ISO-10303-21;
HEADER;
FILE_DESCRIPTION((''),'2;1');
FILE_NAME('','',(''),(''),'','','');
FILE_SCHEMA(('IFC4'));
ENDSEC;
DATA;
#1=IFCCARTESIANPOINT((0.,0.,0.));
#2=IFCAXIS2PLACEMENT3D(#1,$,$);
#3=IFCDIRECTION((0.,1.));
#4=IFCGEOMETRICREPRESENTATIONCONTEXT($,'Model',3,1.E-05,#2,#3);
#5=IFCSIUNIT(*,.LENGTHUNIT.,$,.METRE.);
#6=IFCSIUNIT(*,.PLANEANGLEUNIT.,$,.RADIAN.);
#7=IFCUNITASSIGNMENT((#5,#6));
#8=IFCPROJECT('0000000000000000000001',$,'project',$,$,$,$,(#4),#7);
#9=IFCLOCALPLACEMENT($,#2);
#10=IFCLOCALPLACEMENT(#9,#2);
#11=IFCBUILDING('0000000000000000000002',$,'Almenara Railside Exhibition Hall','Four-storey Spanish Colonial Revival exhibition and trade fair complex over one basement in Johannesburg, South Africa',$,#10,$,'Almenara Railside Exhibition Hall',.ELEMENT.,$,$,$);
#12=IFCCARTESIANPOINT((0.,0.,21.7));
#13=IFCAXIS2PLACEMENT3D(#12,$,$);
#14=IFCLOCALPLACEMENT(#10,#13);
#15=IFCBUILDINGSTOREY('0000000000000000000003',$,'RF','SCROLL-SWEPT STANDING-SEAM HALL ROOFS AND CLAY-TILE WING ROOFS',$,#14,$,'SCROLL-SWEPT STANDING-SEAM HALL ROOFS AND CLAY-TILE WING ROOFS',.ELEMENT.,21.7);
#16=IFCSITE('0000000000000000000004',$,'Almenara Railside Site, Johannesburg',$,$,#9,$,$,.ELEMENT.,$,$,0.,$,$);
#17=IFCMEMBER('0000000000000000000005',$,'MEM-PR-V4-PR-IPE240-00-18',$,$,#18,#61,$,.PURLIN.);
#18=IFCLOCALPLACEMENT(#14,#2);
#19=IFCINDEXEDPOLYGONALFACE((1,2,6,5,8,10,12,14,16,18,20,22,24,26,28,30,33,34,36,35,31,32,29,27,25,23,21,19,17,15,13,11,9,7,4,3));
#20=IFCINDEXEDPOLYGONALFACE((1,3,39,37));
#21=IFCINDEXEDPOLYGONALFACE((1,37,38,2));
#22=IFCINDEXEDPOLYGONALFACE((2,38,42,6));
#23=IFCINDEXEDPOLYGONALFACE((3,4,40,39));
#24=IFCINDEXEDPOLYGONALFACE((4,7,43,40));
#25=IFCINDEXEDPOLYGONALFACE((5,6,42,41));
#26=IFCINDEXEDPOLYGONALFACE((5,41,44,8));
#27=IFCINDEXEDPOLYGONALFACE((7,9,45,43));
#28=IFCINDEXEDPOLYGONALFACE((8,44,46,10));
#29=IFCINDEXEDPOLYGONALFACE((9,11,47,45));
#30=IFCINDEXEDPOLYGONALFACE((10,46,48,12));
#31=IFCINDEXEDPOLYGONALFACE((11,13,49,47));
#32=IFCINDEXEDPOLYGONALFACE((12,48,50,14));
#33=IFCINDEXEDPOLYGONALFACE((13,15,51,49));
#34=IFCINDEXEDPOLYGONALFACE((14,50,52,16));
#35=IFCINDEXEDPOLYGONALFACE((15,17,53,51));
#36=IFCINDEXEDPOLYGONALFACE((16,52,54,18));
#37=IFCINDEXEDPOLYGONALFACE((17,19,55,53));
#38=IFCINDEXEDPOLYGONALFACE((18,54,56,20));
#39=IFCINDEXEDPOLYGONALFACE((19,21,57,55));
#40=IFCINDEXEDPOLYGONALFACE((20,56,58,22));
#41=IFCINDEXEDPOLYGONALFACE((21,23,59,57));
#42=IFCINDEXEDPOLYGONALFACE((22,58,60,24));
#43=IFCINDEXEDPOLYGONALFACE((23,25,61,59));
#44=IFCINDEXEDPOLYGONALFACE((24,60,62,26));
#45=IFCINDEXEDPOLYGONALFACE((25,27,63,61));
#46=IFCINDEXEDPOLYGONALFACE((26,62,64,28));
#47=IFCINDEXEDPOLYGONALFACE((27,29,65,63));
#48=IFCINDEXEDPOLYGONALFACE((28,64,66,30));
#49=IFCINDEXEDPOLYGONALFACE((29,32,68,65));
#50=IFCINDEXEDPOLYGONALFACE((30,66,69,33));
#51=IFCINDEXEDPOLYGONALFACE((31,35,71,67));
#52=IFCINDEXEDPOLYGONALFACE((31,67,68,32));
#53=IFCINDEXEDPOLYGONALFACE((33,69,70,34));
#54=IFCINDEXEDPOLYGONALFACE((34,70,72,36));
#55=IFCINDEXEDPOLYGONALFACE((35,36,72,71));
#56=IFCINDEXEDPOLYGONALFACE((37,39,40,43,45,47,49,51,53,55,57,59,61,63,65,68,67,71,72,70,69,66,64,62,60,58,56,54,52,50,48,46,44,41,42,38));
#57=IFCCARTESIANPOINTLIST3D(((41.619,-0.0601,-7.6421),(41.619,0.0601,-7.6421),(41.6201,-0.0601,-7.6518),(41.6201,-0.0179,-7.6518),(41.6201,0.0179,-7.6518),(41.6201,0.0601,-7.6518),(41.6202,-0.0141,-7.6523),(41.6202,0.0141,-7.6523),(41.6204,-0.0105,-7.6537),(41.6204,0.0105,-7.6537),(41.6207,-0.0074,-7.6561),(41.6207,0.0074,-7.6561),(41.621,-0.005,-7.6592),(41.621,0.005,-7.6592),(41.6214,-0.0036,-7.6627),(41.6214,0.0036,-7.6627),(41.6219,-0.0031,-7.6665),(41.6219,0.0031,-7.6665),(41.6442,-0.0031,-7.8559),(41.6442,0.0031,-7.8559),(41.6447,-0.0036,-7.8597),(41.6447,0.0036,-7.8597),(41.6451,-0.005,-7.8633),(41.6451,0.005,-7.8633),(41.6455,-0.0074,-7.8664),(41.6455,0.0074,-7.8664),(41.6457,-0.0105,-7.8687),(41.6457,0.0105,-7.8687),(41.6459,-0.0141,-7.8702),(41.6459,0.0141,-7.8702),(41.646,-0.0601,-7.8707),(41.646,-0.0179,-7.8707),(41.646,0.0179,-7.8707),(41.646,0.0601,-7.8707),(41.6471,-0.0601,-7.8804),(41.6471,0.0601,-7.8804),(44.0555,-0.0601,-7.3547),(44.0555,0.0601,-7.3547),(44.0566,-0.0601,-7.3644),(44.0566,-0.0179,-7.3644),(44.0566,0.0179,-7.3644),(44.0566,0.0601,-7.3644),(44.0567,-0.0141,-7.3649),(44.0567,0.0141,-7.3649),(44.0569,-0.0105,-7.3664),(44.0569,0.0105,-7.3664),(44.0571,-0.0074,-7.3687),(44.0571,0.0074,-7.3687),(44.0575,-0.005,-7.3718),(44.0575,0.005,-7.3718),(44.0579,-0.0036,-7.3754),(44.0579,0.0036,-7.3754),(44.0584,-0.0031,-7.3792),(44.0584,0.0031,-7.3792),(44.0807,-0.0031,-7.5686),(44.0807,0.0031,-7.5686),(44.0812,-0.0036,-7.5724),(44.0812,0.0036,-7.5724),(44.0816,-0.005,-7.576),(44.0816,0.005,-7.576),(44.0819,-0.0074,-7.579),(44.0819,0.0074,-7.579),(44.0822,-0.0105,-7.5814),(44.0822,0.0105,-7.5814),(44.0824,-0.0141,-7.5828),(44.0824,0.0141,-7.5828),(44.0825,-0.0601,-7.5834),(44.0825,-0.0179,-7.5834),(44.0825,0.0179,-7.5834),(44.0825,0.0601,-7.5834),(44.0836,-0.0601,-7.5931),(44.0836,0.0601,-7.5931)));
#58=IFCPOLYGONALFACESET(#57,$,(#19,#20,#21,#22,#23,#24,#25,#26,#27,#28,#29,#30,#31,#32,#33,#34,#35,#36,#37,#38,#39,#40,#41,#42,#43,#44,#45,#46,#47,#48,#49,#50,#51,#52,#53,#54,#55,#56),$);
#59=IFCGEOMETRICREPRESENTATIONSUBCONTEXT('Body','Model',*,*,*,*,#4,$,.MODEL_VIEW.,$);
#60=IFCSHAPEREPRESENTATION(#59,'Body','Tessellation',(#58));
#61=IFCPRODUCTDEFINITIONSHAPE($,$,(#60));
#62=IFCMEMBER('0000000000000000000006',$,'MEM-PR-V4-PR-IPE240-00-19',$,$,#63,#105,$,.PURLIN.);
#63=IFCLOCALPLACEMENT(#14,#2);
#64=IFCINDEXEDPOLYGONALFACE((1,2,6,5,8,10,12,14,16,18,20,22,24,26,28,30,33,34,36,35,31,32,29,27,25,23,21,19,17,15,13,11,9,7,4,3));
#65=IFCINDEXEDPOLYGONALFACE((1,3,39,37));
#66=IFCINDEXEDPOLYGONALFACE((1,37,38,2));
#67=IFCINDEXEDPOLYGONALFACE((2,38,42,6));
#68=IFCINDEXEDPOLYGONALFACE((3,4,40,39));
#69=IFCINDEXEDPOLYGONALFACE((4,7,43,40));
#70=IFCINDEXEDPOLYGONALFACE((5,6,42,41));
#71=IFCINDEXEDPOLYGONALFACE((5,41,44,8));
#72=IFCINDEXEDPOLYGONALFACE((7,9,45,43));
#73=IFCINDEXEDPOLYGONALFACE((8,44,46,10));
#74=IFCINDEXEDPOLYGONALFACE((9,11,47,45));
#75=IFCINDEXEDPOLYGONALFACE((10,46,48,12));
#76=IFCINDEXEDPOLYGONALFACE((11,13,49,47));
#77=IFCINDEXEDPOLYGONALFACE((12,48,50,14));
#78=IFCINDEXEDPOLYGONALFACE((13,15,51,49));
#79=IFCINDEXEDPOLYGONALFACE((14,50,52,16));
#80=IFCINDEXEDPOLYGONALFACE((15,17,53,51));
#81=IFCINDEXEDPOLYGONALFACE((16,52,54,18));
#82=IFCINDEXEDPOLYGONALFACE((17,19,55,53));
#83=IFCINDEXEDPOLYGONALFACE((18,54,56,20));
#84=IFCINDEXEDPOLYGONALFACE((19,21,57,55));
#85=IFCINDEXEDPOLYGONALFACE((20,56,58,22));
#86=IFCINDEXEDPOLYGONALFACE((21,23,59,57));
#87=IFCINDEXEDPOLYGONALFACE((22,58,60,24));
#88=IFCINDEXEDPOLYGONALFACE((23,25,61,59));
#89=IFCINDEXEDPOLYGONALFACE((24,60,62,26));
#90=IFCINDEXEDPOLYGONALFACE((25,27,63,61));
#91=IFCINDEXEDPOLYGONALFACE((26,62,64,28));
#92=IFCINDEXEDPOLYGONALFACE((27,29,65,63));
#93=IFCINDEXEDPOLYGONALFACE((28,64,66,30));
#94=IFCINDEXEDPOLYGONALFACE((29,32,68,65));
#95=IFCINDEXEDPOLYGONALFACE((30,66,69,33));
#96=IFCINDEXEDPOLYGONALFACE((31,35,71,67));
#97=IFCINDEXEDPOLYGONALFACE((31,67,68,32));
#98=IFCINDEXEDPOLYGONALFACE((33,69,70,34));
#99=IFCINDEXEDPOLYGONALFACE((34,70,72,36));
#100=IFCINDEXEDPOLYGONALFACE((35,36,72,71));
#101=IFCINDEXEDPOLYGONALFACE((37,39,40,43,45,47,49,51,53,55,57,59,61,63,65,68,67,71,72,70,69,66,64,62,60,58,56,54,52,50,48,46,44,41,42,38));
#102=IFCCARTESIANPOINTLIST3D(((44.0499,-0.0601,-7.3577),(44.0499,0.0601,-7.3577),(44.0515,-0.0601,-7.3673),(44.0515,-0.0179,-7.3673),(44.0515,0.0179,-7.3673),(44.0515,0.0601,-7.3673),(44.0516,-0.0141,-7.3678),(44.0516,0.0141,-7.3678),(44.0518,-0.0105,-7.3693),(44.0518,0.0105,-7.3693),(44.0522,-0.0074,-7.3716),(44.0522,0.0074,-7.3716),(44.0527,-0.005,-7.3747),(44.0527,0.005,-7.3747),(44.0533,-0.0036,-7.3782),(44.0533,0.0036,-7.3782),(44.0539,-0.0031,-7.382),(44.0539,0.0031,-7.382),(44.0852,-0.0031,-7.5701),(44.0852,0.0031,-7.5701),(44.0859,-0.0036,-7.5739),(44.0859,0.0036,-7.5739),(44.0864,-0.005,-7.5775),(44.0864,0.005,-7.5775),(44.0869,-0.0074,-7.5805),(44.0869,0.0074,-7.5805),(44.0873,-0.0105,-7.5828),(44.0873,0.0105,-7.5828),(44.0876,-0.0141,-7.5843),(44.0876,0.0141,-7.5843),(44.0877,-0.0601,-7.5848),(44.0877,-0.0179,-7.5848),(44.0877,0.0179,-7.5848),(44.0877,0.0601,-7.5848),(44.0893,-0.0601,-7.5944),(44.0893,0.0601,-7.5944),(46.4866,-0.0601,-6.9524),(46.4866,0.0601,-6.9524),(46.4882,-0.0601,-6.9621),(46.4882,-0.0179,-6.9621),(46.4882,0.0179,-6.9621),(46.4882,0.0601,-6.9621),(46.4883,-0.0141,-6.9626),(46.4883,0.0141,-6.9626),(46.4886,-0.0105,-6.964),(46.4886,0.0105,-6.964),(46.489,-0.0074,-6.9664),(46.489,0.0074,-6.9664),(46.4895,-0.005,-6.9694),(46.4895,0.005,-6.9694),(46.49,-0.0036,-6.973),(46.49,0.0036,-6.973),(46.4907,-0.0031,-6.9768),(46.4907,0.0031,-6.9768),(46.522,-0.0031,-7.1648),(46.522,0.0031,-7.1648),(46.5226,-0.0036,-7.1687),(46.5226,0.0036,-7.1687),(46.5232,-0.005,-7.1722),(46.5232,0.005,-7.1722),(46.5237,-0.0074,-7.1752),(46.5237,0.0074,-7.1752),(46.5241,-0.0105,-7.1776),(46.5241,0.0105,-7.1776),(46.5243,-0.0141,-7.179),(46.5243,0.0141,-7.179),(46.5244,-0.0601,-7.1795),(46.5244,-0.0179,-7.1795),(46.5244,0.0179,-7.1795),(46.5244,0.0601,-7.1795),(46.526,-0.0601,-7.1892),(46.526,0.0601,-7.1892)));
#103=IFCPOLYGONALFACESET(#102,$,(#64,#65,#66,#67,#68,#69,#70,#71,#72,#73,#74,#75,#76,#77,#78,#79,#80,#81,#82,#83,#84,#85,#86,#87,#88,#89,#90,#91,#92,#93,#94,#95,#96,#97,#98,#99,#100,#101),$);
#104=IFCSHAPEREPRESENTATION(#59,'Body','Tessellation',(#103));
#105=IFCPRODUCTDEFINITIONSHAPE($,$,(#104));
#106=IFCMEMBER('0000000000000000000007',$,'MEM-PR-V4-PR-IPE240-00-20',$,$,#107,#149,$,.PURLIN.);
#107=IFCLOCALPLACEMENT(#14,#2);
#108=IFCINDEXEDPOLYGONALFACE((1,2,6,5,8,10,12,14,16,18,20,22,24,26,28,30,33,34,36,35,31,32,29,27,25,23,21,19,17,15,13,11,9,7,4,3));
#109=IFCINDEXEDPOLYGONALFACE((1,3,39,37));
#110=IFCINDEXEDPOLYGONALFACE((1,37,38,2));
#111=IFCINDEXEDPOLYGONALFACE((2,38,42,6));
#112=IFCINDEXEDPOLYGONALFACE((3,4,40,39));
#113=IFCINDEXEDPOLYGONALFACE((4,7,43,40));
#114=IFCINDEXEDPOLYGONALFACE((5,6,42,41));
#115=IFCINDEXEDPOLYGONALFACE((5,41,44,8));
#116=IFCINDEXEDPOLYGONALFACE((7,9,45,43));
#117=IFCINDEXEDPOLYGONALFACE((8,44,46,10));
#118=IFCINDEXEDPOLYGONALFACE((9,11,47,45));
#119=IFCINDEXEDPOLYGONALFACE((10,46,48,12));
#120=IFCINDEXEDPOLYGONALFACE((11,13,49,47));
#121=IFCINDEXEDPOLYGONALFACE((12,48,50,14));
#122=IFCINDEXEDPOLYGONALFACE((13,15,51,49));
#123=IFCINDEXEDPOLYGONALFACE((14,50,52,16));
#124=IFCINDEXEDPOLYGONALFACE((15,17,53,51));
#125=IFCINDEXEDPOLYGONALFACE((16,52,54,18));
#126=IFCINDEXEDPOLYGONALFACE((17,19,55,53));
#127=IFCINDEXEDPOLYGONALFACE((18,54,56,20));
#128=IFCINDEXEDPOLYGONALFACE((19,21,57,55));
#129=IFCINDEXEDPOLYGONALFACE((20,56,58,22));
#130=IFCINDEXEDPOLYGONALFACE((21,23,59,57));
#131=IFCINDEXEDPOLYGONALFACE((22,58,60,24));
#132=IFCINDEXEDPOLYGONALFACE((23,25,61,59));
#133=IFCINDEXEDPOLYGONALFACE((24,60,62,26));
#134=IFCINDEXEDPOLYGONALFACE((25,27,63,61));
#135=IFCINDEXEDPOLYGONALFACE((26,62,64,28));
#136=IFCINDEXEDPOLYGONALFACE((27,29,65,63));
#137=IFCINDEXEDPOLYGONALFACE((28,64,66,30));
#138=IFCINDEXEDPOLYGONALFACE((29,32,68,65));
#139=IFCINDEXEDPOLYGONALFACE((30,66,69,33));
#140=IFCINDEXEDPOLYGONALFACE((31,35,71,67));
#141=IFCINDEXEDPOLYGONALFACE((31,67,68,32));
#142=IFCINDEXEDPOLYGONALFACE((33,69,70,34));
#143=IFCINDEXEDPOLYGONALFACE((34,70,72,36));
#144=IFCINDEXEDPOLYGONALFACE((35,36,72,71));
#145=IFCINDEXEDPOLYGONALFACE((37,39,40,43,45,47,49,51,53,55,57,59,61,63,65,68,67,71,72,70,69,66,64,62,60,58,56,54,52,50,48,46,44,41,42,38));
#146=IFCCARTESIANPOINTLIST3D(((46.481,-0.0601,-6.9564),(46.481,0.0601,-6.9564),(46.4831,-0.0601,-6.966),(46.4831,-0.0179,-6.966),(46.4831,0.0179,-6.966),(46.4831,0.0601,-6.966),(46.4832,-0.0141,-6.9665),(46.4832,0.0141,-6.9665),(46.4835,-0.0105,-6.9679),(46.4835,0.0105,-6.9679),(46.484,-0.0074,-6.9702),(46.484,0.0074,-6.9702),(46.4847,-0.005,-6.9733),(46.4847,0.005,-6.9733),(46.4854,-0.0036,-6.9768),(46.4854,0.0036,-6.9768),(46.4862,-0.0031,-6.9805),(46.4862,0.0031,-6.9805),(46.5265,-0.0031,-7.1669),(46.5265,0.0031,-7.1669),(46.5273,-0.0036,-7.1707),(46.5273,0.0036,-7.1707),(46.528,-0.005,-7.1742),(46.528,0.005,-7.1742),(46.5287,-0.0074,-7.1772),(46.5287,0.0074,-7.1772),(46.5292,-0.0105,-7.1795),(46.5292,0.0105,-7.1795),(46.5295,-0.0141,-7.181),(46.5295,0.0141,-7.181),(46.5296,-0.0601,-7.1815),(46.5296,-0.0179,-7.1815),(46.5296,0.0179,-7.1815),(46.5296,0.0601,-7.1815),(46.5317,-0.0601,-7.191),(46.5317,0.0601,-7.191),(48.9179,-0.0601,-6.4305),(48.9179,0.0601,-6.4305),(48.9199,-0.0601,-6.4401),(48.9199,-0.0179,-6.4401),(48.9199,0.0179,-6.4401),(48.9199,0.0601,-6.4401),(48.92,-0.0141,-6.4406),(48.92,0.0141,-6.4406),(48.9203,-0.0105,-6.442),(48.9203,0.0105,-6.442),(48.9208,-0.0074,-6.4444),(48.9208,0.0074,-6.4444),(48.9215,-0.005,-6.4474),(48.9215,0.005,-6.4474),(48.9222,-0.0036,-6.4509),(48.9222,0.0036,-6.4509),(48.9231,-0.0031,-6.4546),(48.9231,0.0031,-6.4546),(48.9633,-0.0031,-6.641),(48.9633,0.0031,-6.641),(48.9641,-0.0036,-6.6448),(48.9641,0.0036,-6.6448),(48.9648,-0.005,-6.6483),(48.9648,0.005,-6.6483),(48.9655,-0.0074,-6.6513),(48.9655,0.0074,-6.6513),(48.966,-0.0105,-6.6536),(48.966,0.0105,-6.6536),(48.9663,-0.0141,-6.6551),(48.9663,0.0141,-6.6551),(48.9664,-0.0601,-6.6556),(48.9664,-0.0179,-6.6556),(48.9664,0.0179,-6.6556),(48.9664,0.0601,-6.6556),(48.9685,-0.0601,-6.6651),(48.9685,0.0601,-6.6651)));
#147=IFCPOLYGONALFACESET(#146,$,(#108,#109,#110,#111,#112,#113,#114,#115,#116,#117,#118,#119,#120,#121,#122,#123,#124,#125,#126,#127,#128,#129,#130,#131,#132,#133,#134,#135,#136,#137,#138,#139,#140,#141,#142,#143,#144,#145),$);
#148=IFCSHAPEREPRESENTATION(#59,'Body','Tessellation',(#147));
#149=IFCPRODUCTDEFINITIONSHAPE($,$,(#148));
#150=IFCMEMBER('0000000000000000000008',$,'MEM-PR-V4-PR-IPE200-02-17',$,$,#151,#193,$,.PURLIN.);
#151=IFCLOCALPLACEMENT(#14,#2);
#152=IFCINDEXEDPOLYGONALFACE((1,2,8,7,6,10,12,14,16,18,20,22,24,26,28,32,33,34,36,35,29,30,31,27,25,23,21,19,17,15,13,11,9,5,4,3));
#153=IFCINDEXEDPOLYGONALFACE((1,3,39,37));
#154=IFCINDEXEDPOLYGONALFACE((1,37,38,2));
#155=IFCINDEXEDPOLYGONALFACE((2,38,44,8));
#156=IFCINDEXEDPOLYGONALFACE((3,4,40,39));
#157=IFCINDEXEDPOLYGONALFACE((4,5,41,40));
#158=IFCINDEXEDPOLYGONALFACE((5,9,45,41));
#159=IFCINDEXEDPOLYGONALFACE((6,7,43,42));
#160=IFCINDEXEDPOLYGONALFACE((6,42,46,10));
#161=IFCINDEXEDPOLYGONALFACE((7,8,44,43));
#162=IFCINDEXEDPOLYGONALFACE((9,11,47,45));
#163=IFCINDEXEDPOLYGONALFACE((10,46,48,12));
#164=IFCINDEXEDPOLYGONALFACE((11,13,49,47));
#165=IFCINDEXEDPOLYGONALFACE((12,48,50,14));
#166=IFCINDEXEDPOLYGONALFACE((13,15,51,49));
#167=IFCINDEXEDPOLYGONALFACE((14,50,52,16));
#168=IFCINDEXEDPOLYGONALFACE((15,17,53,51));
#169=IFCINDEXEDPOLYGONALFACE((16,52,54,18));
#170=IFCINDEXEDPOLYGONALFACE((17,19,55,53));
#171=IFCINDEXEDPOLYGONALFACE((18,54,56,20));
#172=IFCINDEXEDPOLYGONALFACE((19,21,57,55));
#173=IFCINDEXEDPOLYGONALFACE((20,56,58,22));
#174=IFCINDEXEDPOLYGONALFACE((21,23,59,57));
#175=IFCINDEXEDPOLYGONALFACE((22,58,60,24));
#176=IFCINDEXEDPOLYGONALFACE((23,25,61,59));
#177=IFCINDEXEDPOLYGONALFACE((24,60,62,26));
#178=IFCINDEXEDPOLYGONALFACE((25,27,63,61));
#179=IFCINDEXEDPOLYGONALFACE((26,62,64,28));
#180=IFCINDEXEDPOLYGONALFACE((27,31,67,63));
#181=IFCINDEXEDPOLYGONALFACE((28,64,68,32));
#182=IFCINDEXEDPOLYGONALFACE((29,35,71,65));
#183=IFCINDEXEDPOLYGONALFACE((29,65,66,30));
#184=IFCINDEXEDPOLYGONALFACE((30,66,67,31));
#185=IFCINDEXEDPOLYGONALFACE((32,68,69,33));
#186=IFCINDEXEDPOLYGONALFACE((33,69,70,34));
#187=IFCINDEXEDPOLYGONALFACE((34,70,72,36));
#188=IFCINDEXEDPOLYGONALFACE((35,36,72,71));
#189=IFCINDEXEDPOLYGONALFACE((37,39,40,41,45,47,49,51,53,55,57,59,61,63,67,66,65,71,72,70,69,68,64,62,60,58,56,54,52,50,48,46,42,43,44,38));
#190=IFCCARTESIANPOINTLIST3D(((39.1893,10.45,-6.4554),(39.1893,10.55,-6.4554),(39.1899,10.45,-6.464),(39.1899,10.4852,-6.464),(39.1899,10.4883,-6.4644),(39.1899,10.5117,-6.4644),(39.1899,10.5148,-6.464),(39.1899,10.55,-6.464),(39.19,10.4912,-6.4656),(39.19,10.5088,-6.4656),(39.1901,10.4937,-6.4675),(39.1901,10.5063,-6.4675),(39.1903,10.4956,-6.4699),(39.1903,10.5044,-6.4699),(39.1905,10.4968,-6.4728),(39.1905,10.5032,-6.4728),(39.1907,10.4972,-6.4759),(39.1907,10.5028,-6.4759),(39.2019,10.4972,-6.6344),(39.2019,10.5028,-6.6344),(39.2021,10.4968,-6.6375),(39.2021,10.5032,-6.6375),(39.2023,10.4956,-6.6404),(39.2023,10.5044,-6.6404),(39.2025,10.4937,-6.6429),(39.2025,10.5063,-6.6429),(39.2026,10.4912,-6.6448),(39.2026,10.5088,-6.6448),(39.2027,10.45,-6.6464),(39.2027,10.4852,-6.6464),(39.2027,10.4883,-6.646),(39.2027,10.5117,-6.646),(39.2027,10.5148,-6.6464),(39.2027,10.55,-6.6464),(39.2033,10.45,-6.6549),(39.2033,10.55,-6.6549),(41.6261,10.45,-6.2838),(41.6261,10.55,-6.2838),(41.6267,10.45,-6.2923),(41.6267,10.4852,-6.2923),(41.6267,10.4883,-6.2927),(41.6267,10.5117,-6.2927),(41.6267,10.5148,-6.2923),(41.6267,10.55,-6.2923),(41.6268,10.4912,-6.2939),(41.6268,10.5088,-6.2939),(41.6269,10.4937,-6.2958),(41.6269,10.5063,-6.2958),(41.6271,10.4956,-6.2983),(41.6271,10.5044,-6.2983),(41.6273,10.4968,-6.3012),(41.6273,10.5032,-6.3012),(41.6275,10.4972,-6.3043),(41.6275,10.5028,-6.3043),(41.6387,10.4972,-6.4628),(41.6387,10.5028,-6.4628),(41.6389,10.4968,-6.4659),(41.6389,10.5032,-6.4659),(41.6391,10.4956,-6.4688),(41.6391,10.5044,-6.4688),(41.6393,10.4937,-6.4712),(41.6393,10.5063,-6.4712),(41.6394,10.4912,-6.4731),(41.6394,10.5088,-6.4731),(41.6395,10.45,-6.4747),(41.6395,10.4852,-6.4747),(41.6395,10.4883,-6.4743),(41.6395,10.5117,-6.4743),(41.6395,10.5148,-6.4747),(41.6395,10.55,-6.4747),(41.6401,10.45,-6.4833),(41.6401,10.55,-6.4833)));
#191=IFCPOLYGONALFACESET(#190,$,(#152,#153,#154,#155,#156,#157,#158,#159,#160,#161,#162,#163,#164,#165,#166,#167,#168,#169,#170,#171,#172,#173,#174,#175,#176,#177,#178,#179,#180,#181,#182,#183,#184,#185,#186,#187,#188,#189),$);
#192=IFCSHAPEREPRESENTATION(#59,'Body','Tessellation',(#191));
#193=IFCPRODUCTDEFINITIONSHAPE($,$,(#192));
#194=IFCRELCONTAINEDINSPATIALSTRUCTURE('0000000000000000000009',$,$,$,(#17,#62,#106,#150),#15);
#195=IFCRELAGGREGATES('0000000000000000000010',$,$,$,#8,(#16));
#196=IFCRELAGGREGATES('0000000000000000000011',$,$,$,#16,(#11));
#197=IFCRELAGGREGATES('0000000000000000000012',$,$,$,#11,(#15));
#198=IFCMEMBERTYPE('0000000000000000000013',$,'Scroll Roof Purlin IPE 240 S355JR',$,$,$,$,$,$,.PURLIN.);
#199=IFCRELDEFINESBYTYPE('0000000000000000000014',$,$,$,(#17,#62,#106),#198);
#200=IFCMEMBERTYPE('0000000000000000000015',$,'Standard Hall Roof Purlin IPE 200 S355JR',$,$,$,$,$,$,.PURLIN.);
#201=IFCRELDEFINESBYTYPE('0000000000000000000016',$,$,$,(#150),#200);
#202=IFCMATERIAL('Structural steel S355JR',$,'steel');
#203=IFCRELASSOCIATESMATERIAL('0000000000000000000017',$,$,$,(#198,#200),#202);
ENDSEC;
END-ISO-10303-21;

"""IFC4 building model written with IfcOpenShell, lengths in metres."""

from ifc_helpers import new_model, si_unit, direction, frame, origin, origin_2d, place, context, subcontext, project, spatial, i_section, extrude, material, material_profile, profile_set, type_object, element, save


model = new_model("IFC4")

# Units and contexts
model_context = context("Model", 3, precision=1e-05, world=origin(), true_north=direction((0.0, 1.0)))
body_context = subcontext(model_context, "Body", "Model", "MODEL_VIEW")
ifc_project = project(units=[si_unit("LENGTHUNIT", "METRE"), si_unit("PLANEANGLEUNIT", "RADIAN")], contexts=[model_context])

# Site, building, storey
site_placement = place(None, origin())
site = spatial("IfcSite", under=ifc_project, at=site_placement, Name="Almenara Railside Site, Johannesburg", CompositionType="ELEMENT", RefElevation=0.0)
building_placement = place(site_placement, origin())
building = spatial("IfcBuilding", under=site, at=building_placement, Name="Almenara Railside Exhibition Hall", Description="Four-storey Spanish Colonial Revival exhibition and trade fair complex over one basement in Johannesburg, South Africa", LongName="Almenara Railside Exhibition Hall", CompositionType="ELEMENT")
storey_placement = place(building_placement, frame((0.0, 0.0, 21.7)))
storey = spatial("IfcBuildingStorey", under=building, at=storey_placement, Name="RF", Description="SCROLL-SWEPT STANDING-SEAM HALL ROOFS AND CLAY-TILE WING ROOFS", LongName="SCROLL-SWEPT STANDING-SEAM HALL ROOFS AND CLAY-TILE WING ROOFS", CompositionType="ELEMENT", Elevation=21.7)

# Shared definitions
ifc_material_1 = material(Name="Structural steel S355JR", Category="steel")

# Members
ifc_material_profile_1 = material_profile(ifc_material_1, i_section(OverallWidth=0.1201, OverallDepth=0.24, WebThickness=0.0061, FlangeThickness=0.0098, FilletRadius=0.0149, at=origin_2d()), Name="IPE 240")
ifc_profile_set_1 = profile_set([ifc_material_profile_1], Name="Structural steel S355JR")
member_type_1 = type_object("IfcMemberType", Name="Scroll Roof Purlin IPE 240 S355JR", PredefinedType="PURLIN", material=ifc_profile_set_1)
member_1_placement = place(storey_placement, frame((41.6331, 0.0, -7.7612), z_axis=(0.993117, 0.0, 0.117124), x_axis=(0.0, 1.0, 0.0)))
element("IfcMember", 1, at=member_1_placement, inside=storey, type_object=member_type_1, Name="MEM-PR-V4-PR-IPE240-00-18", PredefinedType="PURLIN", context=body_context, shape_type="SweptSolid", body=[
    extrude(i_section(OverallWidth=0.1201, OverallDepth=0.24, WebThickness=0.0061, FlangeThickness=0.0098, FilletRadius=0.0149, at=origin_2d()), origin(), (0.0, 0.0, 1.0), 2.4534),
])
member_2_placement = place(storey_placement, frame((44.0696, 0.0, -7.4761), z_axis=(0.98645, 0.0, 0.164062), x_axis=(0.0, 1.0, 0.0)))
element("IfcMember", 2, at=member_2_placement, inside=storey, type_object=member_type_1, Name="MEM-PR-V4-PR-IPE240-00-19", PredefinedType="PURLIN", context=body_context, shape_type="SweptSolid", body=[
    extrude(i_section(OverallWidth=0.1201, OverallDepth=0.24, WebThickness=0.0061, FlangeThickness=0.0098, FilletRadius=0.0149, at=origin_2d()), origin(), (0.0, 0.0, 1.0), 2.4702),
])
member_3_placement = place(storey_placement, frame((46.5063, 0.0, -7.0737), z_axis=(0.977496, 0.0, 0.210953), x_axis=(0.0, 1.0, 0.0)))
element("IfcMember", 3, at=member_3_placement, inside=storey, type_object=member_type_1, Name="MEM-PR-V4-PR-IPE240-00-20", PredefinedType="PURLIN", context=body_context, shape_type="SweptSolid", body=[
    extrude(i_section(OverallWidth=0.1201, OverallDepth=0.24, WebThickness=0.0061, FlangeThickness=0.0098, FilletRadius=0.0149, at=origin_2d()), origin(), (0.0, 0.0, 1.0), 2.4929),
])
ifc_material_profile_2 = material_profile(ifc_material_1, i_section(OverallWidth=0.1001, OverallDepth=0.2, WebThickness=0.0056, FlangeThickness=0.0085, FilletRadius=0.012, at=origin_2d()), Name="IPE 200")
ifc_profile_set_2 = profile_set([ifc_material_profile_2], Name="Structural steel S355JR")
member_type_2 = type_object("IfcMemberType", Name="Standard Hall Roof Purlin IPE 200 S355JR", PredefinedType="PURLIN", material=ifc_profile_set_2)
member_4_placement = place(storey_placement, frame((39.1963, 10.5, -6.5552), z_axis=(0.997529, 0.0, 0.07026), x_axis=(0.0, 1.0, 0.0)))
element("IfcMember", 4, at=member_4_placement, inside=storey, type_object=member_type_2, Name="MEM-PR-V4-PR-IPE200-02-17", PredefinedType="PURLIN", context=body_context, shape_type="SweptSolid", body=[
    extrude(i_section(OverallWidth=0.1001, OverallDepth=0.2, WebThickness=0.0056, FlangeThickness=0.0085, FilletRadius=0.012, at=origin_2d()), origin(), (0.0, 0.0, 1.0), 2.4429),
])

save(model, "model.ifc")
